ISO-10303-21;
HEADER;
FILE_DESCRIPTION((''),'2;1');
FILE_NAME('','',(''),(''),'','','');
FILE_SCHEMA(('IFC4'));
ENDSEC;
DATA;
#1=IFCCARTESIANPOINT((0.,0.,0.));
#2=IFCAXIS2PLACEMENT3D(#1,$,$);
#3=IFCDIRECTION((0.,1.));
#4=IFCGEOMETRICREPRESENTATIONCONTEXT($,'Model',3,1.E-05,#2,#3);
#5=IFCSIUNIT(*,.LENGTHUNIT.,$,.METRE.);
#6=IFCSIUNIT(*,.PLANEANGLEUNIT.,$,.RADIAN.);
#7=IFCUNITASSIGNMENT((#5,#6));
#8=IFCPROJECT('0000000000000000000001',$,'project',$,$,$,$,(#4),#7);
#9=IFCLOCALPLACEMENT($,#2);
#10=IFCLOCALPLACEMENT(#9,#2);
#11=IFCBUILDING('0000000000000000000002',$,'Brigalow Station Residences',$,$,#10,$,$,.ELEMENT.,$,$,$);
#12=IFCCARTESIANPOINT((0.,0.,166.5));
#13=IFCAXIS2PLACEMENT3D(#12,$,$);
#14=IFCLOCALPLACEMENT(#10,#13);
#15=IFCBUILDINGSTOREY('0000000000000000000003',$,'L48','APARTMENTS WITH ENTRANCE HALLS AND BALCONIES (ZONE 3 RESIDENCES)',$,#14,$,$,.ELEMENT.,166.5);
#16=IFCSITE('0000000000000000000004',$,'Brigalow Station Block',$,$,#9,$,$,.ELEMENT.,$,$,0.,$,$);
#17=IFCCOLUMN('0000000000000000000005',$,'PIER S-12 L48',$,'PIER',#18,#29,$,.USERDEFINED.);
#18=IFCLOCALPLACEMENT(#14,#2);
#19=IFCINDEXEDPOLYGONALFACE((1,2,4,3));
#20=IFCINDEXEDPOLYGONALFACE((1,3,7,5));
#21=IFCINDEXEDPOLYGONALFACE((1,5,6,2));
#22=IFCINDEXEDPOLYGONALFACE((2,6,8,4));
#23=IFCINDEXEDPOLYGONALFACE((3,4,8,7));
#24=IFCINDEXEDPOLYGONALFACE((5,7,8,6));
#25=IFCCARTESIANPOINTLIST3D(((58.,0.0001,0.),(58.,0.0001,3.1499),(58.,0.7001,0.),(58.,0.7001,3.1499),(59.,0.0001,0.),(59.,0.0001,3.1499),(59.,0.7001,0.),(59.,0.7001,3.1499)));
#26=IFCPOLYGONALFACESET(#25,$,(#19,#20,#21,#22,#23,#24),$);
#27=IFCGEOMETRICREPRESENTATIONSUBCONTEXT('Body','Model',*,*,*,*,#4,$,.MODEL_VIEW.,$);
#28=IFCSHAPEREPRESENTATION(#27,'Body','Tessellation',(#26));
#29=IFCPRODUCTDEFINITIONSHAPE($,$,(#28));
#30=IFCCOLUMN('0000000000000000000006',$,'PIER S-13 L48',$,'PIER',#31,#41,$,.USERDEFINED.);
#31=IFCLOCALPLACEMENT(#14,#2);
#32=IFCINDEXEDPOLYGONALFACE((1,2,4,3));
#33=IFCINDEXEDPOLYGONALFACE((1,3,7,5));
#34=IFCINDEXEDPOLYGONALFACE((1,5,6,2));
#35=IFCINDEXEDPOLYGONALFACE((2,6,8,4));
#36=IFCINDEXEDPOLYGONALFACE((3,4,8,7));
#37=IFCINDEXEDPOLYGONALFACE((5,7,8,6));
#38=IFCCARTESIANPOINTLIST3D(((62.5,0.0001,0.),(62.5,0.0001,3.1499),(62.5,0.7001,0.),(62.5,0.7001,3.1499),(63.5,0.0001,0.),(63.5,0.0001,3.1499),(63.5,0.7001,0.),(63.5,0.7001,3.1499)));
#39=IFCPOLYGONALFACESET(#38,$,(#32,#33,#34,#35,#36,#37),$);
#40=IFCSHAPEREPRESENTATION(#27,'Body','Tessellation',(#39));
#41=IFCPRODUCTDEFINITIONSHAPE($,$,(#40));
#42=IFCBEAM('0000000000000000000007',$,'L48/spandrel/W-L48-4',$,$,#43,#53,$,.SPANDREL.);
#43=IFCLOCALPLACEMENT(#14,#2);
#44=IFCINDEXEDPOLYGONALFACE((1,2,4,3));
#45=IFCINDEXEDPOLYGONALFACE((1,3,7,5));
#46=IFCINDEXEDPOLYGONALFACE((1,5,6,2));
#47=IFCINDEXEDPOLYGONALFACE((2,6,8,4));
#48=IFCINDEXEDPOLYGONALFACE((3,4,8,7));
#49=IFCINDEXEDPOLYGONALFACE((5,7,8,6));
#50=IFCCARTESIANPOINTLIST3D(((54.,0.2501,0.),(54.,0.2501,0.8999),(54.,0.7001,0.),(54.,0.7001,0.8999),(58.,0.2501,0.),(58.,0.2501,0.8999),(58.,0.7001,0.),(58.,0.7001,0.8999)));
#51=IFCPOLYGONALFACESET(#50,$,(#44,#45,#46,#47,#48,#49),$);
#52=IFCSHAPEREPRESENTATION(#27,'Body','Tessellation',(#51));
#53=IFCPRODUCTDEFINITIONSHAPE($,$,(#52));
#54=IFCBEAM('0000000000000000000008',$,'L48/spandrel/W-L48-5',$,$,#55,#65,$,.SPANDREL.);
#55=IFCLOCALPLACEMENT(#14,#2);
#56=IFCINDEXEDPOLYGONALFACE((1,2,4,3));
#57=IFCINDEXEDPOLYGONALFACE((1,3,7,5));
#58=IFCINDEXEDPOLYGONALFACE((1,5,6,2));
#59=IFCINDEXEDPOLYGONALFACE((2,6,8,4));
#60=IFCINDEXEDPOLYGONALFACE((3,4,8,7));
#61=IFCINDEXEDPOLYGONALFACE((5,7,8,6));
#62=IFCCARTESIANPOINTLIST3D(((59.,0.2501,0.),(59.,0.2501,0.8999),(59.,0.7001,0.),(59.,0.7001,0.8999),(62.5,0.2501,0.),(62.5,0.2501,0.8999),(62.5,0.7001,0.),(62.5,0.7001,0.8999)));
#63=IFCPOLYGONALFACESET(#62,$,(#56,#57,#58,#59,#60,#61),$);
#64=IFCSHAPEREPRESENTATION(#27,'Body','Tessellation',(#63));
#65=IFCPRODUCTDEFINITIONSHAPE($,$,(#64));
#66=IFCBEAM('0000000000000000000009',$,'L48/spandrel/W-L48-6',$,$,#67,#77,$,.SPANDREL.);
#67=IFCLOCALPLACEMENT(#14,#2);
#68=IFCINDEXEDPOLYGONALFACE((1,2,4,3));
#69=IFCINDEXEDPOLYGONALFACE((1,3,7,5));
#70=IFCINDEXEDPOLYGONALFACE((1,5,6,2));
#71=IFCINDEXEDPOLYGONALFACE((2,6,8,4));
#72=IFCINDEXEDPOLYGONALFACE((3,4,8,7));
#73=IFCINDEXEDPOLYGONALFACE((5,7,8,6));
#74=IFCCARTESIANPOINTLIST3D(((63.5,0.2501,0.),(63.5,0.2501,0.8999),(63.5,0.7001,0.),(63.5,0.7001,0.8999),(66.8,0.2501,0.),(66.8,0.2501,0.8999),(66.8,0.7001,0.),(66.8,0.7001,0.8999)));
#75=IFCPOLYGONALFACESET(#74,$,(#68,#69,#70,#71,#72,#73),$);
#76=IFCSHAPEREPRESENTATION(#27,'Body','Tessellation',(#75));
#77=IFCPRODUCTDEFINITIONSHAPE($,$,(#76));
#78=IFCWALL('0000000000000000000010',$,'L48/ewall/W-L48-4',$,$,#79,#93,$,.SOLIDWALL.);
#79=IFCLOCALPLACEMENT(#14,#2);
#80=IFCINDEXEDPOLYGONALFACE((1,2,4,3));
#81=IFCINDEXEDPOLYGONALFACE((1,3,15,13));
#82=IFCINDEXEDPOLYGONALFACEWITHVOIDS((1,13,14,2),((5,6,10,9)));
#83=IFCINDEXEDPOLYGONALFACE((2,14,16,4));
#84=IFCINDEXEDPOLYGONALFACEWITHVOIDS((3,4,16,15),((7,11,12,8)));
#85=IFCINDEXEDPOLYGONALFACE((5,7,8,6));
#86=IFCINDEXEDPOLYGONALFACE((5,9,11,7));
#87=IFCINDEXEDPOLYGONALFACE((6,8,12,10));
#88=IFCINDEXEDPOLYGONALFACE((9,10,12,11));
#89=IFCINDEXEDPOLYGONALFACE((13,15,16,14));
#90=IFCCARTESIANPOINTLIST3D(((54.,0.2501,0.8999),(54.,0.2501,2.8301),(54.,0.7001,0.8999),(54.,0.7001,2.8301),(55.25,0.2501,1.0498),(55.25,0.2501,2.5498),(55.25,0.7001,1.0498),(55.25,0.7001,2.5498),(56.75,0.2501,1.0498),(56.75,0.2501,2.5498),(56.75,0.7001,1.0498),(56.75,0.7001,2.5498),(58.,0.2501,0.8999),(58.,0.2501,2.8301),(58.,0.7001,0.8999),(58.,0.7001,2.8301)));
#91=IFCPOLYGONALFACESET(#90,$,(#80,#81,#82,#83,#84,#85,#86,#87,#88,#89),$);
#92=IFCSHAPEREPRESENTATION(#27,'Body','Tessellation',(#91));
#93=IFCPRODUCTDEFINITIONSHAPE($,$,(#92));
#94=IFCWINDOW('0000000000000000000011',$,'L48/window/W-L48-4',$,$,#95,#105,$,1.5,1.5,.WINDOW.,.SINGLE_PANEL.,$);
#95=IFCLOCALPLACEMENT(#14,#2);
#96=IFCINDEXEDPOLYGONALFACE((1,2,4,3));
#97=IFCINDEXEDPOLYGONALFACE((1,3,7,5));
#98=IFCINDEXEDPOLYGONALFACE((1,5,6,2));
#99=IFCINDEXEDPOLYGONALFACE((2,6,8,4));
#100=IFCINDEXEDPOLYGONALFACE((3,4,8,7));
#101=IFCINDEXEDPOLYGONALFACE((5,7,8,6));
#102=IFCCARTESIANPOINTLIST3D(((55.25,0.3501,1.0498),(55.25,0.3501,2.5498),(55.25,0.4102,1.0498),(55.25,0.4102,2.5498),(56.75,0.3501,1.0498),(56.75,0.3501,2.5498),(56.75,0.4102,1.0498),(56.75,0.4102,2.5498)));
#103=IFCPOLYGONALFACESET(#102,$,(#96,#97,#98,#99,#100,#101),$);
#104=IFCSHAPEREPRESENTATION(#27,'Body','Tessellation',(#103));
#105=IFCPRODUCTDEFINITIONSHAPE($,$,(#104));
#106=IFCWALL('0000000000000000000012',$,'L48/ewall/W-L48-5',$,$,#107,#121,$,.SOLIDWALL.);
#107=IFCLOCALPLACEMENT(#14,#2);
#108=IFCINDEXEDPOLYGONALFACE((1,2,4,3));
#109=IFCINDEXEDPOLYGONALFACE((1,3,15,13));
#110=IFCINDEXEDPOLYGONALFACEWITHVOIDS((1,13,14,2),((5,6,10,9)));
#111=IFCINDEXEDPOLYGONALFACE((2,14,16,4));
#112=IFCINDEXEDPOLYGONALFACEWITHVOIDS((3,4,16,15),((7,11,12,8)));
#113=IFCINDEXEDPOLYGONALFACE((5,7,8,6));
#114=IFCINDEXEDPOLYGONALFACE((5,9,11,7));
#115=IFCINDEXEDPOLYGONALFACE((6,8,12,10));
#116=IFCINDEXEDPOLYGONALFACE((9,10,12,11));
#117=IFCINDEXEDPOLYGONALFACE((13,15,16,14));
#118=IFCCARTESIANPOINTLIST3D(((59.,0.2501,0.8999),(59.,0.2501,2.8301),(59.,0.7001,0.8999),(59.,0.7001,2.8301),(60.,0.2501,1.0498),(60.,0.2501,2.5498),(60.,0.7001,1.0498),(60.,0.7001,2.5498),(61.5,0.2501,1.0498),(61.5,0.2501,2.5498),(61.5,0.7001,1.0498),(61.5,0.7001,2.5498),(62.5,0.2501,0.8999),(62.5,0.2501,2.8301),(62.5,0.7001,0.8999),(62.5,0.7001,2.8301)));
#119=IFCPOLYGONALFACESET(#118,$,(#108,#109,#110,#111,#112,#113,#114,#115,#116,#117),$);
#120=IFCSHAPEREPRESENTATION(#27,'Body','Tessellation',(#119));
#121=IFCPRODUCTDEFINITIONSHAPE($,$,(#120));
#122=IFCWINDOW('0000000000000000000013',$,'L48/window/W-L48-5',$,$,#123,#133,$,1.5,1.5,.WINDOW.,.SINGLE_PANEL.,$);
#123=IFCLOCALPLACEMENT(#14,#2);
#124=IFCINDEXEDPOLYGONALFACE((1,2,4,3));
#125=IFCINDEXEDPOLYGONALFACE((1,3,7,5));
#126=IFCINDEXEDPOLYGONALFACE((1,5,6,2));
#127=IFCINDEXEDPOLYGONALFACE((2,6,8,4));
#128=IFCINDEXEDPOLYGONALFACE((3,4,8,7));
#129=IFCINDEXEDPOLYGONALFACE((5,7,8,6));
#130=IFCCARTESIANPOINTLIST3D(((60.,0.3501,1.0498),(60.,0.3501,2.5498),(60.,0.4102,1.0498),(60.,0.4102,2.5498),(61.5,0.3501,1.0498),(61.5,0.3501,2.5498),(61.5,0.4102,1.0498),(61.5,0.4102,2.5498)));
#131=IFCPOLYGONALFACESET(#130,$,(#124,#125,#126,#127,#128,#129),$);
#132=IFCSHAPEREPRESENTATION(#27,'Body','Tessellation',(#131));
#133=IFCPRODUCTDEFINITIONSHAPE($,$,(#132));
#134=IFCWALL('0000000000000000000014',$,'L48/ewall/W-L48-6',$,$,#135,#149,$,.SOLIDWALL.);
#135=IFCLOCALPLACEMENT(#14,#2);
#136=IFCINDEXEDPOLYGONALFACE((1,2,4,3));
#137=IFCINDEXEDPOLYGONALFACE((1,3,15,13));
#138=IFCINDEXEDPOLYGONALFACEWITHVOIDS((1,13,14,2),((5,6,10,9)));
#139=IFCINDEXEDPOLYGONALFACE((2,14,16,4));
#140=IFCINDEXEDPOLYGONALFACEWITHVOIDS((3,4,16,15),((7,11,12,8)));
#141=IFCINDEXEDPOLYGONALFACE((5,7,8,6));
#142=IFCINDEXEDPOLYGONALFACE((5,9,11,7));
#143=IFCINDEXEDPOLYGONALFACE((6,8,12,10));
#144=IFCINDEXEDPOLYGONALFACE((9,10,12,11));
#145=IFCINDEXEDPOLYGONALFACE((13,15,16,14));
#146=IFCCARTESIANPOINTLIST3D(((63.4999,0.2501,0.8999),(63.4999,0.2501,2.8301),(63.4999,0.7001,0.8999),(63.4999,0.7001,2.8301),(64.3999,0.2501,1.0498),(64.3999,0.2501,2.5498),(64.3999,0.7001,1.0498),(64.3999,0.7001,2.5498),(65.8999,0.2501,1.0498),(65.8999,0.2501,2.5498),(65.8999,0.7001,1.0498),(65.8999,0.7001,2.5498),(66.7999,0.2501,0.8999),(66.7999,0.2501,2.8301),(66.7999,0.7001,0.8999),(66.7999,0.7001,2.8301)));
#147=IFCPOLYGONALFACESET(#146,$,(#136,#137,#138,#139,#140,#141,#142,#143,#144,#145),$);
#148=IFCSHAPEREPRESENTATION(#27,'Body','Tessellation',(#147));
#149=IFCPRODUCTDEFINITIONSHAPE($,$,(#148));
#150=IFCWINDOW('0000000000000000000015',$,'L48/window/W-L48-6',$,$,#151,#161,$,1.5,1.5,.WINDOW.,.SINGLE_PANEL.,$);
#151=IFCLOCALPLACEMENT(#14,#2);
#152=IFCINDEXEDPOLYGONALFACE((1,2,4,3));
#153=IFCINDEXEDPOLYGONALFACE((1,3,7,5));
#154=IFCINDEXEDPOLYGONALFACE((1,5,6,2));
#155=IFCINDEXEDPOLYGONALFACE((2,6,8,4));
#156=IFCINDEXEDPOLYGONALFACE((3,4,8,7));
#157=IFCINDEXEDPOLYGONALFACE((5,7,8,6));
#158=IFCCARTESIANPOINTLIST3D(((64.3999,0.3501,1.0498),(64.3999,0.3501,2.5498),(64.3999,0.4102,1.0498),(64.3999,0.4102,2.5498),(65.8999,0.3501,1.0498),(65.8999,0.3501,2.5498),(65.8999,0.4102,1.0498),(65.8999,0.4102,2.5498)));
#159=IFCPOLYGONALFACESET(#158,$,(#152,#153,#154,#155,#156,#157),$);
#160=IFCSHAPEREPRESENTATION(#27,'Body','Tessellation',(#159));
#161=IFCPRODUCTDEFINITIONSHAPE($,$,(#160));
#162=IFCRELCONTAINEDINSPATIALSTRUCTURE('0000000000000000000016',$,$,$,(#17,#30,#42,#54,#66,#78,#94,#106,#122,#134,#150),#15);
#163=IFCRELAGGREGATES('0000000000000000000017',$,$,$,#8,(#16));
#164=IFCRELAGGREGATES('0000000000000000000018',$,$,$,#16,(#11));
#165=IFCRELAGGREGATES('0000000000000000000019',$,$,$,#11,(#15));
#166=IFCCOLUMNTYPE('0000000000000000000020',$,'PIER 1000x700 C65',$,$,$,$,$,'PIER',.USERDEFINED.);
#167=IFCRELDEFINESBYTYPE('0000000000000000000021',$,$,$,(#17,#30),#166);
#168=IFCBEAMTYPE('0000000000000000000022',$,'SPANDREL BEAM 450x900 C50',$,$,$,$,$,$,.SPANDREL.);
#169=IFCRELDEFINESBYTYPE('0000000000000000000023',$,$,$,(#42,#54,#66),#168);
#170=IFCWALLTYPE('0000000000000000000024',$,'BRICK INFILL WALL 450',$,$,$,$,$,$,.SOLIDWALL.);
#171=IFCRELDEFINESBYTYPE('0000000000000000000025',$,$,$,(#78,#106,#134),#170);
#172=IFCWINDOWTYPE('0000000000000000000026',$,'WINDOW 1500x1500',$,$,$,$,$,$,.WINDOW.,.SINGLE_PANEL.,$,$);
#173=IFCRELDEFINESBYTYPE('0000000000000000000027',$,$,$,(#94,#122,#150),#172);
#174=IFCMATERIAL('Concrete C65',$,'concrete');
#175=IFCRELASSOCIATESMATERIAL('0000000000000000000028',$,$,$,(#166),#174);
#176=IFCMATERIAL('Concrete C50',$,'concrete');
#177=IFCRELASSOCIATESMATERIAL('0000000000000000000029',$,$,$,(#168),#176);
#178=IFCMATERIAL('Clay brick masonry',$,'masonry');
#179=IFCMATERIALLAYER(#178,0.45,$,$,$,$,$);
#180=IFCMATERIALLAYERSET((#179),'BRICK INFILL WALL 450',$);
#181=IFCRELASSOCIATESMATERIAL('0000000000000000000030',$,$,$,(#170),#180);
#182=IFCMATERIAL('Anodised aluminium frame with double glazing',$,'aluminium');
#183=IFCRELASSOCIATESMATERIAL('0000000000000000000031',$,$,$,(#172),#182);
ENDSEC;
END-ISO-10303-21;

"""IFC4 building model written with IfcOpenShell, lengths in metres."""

from ifc_helpers import new_model, si_unit, direction, frame, frame_2d, origin, origin_2d, place, context, subcontext, project, spatial, rectangle, extrude, material, layer, layer_set, material_profile, profile_set, type_object, element, fill, save


model = new_model("IFC4")

# Units and contexts
model_context = context("Model", 3, precision=1e-05, world=origin(), true_north=direction((0.0, 1.0)))
body_context = subcontext(model_context, "Body", "Model", "MODEL_VIEW")
ifc_project = project(units=[si_unit("LENGTHUNIT", "METRE"), si_unit("PLANEANGLEUNIT", "RADIAN")], contexts=[model_context])

# Site, building, storey
site_placement = place(None, origin())
site = spatial("IfcSite", under=ifc_project, at=site_placement, Name="Brigalow Station Block", CompositionType="ELEMENT", RefElevation=0.0)
building_placement = place(site_placement, origin())
building = spatial("IfcBuilding", under=site, at=building_placement, Name="Brigalow Station Residences", CompositionType="ELEMENT")
storey_placement = place(building_placement, frame((0.0, 0.0, 166.5)))
storey = spatial("IfcBuildingStorey", under=building, at=storey_placement, Name="L48", Description="APARTMENTS WITH ENTRANCE HALLS AND BALCONIES (ZONE 3 RESIDENCES)", CompositionType="ELEMENT", Elevation=166.5)

# Columns
ifc_material_1 = material(Name="Concrete C65", Category="concrete")
ifc_material_profile_1 = material_profile(ifc_material_1, rectangle(XDim=1.0, YDim=0.7, at=origin_2d()), Name="RC1000x700")
ifc_profile_set_1 = profile_set([ifc_material_profile_1], Name="Concrete C65")
column_type = type_object("IfcColumnType", Name="PIER 1000x700 C65", ElementType="PIER", PredefinedType="USERDEFINED", material=ifc_profile_set_1)
for number, where, z_axis, x_axis, name in (
    (1, (58.5, 0.3501, 0.0), (0.0, 0.0, 1.0), (1.0, 0.0, 0.0), "PIER S-12 L48"),
    (2, (63.0, 0.3501, 0.0), (0.0, 0.0, 1.0), (1.0, 0.0, 0.0), "PIER S-13 L48"),
):
    element("IfcColumn", number, at=place(storey_placement, frame(where, z_axis=z_axis, x_axis=x_axis)), inside=storey, type_object=column_type, Name=name, ObjectType="PIER", PredefinedType="USERDEFINED", context=body_context, shape_type="SweptSolid", body=[
        extrude(rectangle(XDim=1.0, YDim=0.7, at=origin_2d()), origin(), (0.0, 0.0, 1.0), 3.1499),
    ])

# Beams
ifc_material_2 = material(Name="Concrete C50", Category="concrete")
ifc_material_profile_2 = material_profile(ifc_material_2, rectangle(XDim=0.45, YDim=0.8999, at=origin_2d()), Name="RC450x900")
ifc_profile_set_2 = profile_set([ifc_material_profile_2], Name="Concrete C50")
beam_type = type_object("IfcBeamType", Name="SPANDREL BEAM 450x900 C50", PredefinedType="SPANDREL", material=ifc_profile_set_2)
beam_1_placement = place(storey_placement, frame((54.0, 0.4751, 0.45), z_axis=(1.0, 0.0, 0.0), x_axis=(0.0, 1.0, 0.0)))
element("IfcBeam", 3, at=beam_1_placement, inside=storey, type_object=beam_type, Name="L48/spandrel/W-L48-4", PredefinedType="SPANDREL", context=body_context, shape_type="SweptSolid", body=[
    extrude(rectangle(XDim=0.45, YDim=0.8999, at=origin_2d()), origin(), (0.0, 0.0, 1.0), 4.0),
])
beam_2_placement = place(storey_placement, frame((59.0, 0.4751, 0.45), z_axis=(1.0, 0.0, 0.0), x_axis=(0.0, 1.0, 0.0)))
element("IfcBeam", 4, at=beam_2_placement, inside=storey, type_object=beam_type, Name="L48/spandrel/W-L48-5", PredefinedType="SPANDREL", context=body_context, shape_type="SweptSolid", body=[
    extrude(rectangle(XDim=0.45, YDim=0.8999, at=origin_2d()), origin(), (0.0, 0.0, 1.0), 3.5),
])
beam_3_placement = place(storey_placement, frame((63.5, 0.4751, 0.45), z_axis=(1.0, 0.0, 0.0), x_axis=(0.0, 1.0, 0.0)))
element("IfcBeam", 5, at=beam_3_placement, inside=storey, type_object=beam_type, Name="L48/spandrel/W-L48-6", PredefinedType="SPANDREL", context=body_context, shape_type="SweptSolid", body=[
    extrude(rectangle(XDim=0.45, YDim=0.8999, at=origin_2d()), origin(), (0.0, 0.0, 1.0), 3.3),
])

# Walls, openings, windows
ifc_material_3 = material(Name="Clay brick masonry", Category="masonry")
ifc_layer_1 = layer(ifc_material_3, 0.45)
ifc_layer_set_1 = layer_set([ifc_layer_1], Name="BRICK INFILL WALL 450")
wall_type_1 = type_object("IfcWallType", Name="BRICK INFILL WALL 450", PredefinedType="SOLIDWALL", material=ifc_layer_set_1)
wall_1_placement = place(storey_placement, frame((54.0, 0.4751, 0.8999), z_axis=(0.0, 0.0, 1.0), x_axis=(1.0, 0.0, 0.0)))
wall_1 = element("IfcWall", 6, at=wall_1_placement, inside=storey, type_object=wall_type_1, Name="L48/ewall/W-L48-4", PredefinedType="SOLIDWALL", context=body_context, shape_type="SweptSolid", body=[
    extrude(rectangle(XDim=4.0, YDim=0.45, at=frame_2d((2.0, 0.0))), origin(), (0.0, 0.0, 1.0), 1.9302),
])
opening_1_placement = place(wall_1_placement, frame((1.25, 0.0, 0.1499)))
opening_1 = element("IfcOpeningElement", 7, at=opening_1_placement, cuts=wall_1, PredefinedType="OPENING", context=body_context, shape_type="SweptSolid", body=[
    extrude(rectangle(XDim=1.5, YDim=1.5, at=frame_2d((0.75, 0.75))), frame((0.0, 0.2349, 0.0), z_axis=(0.0, -1.0, 0.0), x_axis=(1.0, 0.0, 0.0)), (0.0, 0.0, 1.0), 0.47),
])
ifc_material_4 = material(Name="Anodised aluminium frame with double glazing", Category="aluminium")
window_type = type_object("IfcWindowType", Name="WINDOW 1500x1500", PartitioningType="SINGLE_PANEL", PredefinedType="WINDOW", material=ifc_material_4)
window_1_placement = place(opening_1_placement, origin())
window_1 = element("IfcWindow", 8, at=window_1_placement, inside=storey, type_object=window_type, Name="L48/window/W-L48-4", OverallHeight=1.5, OverallWidth=1.5, PartitioningType="SINGLE_PANEL", PredefinedType="WINDOW", context=body_context, shape_type="SweptSolid", body=[
    extrude(rectangle(XDim=1.5, YDim=1.5, at=frame_2d((0.75, 0.75))), frame((0.0, -0.0649, 0.0), z_axis=(0.0, -1.0, 0.0), x_axis=(1.0, 0.0, 0.0)), (0.0, 0.0, 1.0), 0.0601),
])
fill(opening_1, window_1)
wall_2_placement = place(storey_placement, frame((59.0, 0.4751, 0.8999), z_axis=(0.0, 0.0, 1.0), x_axis=(1.0, 0.0, 0.0)))
wall_2 = element("IfcWall", 9, at=wall_2_placement, inside=storey, type_object=wall_type_1, Name="L48/ewall/W-L48-5", PredefinedType="SOLIDWALL", context=body_context, shape_type="SweptSolid", body=[
    extrude(rectangle(XDim=3.5, YDim=0.45, at=frame_2d((1.75, 0.0))), origin(), (0.0, 0.0, 1.0), 1.9302),
])
opening_2_placement = place(wall_2_placement, frame((1.0, 0.0, 0.1499)))
opening_2 = element("IfcOpeningElement", 10, at=opening_2_placement, cuts=wall_2, PredefinedType="OPENING", context=body_context, shape_type="SweptSolid", body=[
    extrude(rectangle(XDim=1.5, YDim=1.5, at=frame_2d((0.75, 0.75))), frame((0.0, 0.2349, 0.0), z_axis=(0.0, -1.0, 0.0), x_axis=(1.0, 0.0, 0.0)), (0.0, 0.0, 1.0), 0.47),
])
window_2_placement = place(opening_2_placement, origin())
window_2 = element("IfcWindow", 11, at=window_2_placement, inside=storey, type_object=window_type, Name="L48/window/W-L48-5", OverallHeight=1.5, OverallWidth=1.5, PartitioningType="SINGLE_PANEL", PredefinedType="WINDOW", context=body_context, shape_type="SweptSolid", body=[
    extrude(rectangle(XDim=1.5, YDim=1.5, at=frame_2d((0.75, 0.75))), frame((0.0, -0.0649, 0.0), z_axis=(0.0, -1.0, 0.0), x_axis=(1.0, 0.0, 0.0)), (0.0, 0.0, 1.0), 0.0601),
])
fill(opening_2, window_2)
wall_3_placement = place(storey_placement, frame((63.5, 0.4751, 0.8999), z_axis=(0.0, 0.0, 1.0), x_axis=(1.0, 0.0, 0.0)))
wall_3 = element("IfcWall", 12, at=wall_3_placement, inside=storey, type_object=wall_type_1, Name="L48/ewall/W-L48-6", PredefinedType="SOLIDWALL", context=body_context, shape_type="SweptSolid", body=[
    extrude(rectangle(XDim=3.3, YDim=0.45, at=frame_2d((1.6499, 0.0))), origin(), (0.0, 0.0, 1.0), 1.9302),
])
opening_3_placement = place(wall_3_placement, frame((0.8999, 0.0, 0.1499)))
opening_3 = element("IfcOpeningElement", 13, at=opening_3_placement, cuts=wall_3, PredefinedType="OPENING", context=body_context, shape_type="SweptSolid", body=[
    extrude(rectangle(XDim=1.5, YDim=1.5, at=frame_2d((0.75, 0.75))), frame((0.0, 0.2349, 0.0), z_axis=(0.0, -1.0, 0.0), x_axis=(1.0, 0.0, 0.0)), (0.0, 0.0, 1.0), 0.47),
])
window_3_placement = place(opening_3_placement, origin())
window_3 = element("IfcWindow", 14, at=window_3_placement, inside=storey, type_object=window_type, Name="L48/window/W-L48-6", OverallHeight=1.5, OverallWidth=1.5, PartitioningType="SINGLE_PANEL", PredefinedType="WINDOW", context=body_context, shape_type="SweptSolid", body=[
    extrude(rectangle(XDim=1.5, YDim=1.5, at=frame_2d((0.75, 0.75))), frame((0.0, -0.0649, 0.0), z_axis=(0.0, -1.0, 0.0), x_axis=(1.0, 0.0, 0.0)), (0.0, 0.0, 1.0), 0.0601),
])
fill(opening_3, window_3)

save(model, "model.ifc")
